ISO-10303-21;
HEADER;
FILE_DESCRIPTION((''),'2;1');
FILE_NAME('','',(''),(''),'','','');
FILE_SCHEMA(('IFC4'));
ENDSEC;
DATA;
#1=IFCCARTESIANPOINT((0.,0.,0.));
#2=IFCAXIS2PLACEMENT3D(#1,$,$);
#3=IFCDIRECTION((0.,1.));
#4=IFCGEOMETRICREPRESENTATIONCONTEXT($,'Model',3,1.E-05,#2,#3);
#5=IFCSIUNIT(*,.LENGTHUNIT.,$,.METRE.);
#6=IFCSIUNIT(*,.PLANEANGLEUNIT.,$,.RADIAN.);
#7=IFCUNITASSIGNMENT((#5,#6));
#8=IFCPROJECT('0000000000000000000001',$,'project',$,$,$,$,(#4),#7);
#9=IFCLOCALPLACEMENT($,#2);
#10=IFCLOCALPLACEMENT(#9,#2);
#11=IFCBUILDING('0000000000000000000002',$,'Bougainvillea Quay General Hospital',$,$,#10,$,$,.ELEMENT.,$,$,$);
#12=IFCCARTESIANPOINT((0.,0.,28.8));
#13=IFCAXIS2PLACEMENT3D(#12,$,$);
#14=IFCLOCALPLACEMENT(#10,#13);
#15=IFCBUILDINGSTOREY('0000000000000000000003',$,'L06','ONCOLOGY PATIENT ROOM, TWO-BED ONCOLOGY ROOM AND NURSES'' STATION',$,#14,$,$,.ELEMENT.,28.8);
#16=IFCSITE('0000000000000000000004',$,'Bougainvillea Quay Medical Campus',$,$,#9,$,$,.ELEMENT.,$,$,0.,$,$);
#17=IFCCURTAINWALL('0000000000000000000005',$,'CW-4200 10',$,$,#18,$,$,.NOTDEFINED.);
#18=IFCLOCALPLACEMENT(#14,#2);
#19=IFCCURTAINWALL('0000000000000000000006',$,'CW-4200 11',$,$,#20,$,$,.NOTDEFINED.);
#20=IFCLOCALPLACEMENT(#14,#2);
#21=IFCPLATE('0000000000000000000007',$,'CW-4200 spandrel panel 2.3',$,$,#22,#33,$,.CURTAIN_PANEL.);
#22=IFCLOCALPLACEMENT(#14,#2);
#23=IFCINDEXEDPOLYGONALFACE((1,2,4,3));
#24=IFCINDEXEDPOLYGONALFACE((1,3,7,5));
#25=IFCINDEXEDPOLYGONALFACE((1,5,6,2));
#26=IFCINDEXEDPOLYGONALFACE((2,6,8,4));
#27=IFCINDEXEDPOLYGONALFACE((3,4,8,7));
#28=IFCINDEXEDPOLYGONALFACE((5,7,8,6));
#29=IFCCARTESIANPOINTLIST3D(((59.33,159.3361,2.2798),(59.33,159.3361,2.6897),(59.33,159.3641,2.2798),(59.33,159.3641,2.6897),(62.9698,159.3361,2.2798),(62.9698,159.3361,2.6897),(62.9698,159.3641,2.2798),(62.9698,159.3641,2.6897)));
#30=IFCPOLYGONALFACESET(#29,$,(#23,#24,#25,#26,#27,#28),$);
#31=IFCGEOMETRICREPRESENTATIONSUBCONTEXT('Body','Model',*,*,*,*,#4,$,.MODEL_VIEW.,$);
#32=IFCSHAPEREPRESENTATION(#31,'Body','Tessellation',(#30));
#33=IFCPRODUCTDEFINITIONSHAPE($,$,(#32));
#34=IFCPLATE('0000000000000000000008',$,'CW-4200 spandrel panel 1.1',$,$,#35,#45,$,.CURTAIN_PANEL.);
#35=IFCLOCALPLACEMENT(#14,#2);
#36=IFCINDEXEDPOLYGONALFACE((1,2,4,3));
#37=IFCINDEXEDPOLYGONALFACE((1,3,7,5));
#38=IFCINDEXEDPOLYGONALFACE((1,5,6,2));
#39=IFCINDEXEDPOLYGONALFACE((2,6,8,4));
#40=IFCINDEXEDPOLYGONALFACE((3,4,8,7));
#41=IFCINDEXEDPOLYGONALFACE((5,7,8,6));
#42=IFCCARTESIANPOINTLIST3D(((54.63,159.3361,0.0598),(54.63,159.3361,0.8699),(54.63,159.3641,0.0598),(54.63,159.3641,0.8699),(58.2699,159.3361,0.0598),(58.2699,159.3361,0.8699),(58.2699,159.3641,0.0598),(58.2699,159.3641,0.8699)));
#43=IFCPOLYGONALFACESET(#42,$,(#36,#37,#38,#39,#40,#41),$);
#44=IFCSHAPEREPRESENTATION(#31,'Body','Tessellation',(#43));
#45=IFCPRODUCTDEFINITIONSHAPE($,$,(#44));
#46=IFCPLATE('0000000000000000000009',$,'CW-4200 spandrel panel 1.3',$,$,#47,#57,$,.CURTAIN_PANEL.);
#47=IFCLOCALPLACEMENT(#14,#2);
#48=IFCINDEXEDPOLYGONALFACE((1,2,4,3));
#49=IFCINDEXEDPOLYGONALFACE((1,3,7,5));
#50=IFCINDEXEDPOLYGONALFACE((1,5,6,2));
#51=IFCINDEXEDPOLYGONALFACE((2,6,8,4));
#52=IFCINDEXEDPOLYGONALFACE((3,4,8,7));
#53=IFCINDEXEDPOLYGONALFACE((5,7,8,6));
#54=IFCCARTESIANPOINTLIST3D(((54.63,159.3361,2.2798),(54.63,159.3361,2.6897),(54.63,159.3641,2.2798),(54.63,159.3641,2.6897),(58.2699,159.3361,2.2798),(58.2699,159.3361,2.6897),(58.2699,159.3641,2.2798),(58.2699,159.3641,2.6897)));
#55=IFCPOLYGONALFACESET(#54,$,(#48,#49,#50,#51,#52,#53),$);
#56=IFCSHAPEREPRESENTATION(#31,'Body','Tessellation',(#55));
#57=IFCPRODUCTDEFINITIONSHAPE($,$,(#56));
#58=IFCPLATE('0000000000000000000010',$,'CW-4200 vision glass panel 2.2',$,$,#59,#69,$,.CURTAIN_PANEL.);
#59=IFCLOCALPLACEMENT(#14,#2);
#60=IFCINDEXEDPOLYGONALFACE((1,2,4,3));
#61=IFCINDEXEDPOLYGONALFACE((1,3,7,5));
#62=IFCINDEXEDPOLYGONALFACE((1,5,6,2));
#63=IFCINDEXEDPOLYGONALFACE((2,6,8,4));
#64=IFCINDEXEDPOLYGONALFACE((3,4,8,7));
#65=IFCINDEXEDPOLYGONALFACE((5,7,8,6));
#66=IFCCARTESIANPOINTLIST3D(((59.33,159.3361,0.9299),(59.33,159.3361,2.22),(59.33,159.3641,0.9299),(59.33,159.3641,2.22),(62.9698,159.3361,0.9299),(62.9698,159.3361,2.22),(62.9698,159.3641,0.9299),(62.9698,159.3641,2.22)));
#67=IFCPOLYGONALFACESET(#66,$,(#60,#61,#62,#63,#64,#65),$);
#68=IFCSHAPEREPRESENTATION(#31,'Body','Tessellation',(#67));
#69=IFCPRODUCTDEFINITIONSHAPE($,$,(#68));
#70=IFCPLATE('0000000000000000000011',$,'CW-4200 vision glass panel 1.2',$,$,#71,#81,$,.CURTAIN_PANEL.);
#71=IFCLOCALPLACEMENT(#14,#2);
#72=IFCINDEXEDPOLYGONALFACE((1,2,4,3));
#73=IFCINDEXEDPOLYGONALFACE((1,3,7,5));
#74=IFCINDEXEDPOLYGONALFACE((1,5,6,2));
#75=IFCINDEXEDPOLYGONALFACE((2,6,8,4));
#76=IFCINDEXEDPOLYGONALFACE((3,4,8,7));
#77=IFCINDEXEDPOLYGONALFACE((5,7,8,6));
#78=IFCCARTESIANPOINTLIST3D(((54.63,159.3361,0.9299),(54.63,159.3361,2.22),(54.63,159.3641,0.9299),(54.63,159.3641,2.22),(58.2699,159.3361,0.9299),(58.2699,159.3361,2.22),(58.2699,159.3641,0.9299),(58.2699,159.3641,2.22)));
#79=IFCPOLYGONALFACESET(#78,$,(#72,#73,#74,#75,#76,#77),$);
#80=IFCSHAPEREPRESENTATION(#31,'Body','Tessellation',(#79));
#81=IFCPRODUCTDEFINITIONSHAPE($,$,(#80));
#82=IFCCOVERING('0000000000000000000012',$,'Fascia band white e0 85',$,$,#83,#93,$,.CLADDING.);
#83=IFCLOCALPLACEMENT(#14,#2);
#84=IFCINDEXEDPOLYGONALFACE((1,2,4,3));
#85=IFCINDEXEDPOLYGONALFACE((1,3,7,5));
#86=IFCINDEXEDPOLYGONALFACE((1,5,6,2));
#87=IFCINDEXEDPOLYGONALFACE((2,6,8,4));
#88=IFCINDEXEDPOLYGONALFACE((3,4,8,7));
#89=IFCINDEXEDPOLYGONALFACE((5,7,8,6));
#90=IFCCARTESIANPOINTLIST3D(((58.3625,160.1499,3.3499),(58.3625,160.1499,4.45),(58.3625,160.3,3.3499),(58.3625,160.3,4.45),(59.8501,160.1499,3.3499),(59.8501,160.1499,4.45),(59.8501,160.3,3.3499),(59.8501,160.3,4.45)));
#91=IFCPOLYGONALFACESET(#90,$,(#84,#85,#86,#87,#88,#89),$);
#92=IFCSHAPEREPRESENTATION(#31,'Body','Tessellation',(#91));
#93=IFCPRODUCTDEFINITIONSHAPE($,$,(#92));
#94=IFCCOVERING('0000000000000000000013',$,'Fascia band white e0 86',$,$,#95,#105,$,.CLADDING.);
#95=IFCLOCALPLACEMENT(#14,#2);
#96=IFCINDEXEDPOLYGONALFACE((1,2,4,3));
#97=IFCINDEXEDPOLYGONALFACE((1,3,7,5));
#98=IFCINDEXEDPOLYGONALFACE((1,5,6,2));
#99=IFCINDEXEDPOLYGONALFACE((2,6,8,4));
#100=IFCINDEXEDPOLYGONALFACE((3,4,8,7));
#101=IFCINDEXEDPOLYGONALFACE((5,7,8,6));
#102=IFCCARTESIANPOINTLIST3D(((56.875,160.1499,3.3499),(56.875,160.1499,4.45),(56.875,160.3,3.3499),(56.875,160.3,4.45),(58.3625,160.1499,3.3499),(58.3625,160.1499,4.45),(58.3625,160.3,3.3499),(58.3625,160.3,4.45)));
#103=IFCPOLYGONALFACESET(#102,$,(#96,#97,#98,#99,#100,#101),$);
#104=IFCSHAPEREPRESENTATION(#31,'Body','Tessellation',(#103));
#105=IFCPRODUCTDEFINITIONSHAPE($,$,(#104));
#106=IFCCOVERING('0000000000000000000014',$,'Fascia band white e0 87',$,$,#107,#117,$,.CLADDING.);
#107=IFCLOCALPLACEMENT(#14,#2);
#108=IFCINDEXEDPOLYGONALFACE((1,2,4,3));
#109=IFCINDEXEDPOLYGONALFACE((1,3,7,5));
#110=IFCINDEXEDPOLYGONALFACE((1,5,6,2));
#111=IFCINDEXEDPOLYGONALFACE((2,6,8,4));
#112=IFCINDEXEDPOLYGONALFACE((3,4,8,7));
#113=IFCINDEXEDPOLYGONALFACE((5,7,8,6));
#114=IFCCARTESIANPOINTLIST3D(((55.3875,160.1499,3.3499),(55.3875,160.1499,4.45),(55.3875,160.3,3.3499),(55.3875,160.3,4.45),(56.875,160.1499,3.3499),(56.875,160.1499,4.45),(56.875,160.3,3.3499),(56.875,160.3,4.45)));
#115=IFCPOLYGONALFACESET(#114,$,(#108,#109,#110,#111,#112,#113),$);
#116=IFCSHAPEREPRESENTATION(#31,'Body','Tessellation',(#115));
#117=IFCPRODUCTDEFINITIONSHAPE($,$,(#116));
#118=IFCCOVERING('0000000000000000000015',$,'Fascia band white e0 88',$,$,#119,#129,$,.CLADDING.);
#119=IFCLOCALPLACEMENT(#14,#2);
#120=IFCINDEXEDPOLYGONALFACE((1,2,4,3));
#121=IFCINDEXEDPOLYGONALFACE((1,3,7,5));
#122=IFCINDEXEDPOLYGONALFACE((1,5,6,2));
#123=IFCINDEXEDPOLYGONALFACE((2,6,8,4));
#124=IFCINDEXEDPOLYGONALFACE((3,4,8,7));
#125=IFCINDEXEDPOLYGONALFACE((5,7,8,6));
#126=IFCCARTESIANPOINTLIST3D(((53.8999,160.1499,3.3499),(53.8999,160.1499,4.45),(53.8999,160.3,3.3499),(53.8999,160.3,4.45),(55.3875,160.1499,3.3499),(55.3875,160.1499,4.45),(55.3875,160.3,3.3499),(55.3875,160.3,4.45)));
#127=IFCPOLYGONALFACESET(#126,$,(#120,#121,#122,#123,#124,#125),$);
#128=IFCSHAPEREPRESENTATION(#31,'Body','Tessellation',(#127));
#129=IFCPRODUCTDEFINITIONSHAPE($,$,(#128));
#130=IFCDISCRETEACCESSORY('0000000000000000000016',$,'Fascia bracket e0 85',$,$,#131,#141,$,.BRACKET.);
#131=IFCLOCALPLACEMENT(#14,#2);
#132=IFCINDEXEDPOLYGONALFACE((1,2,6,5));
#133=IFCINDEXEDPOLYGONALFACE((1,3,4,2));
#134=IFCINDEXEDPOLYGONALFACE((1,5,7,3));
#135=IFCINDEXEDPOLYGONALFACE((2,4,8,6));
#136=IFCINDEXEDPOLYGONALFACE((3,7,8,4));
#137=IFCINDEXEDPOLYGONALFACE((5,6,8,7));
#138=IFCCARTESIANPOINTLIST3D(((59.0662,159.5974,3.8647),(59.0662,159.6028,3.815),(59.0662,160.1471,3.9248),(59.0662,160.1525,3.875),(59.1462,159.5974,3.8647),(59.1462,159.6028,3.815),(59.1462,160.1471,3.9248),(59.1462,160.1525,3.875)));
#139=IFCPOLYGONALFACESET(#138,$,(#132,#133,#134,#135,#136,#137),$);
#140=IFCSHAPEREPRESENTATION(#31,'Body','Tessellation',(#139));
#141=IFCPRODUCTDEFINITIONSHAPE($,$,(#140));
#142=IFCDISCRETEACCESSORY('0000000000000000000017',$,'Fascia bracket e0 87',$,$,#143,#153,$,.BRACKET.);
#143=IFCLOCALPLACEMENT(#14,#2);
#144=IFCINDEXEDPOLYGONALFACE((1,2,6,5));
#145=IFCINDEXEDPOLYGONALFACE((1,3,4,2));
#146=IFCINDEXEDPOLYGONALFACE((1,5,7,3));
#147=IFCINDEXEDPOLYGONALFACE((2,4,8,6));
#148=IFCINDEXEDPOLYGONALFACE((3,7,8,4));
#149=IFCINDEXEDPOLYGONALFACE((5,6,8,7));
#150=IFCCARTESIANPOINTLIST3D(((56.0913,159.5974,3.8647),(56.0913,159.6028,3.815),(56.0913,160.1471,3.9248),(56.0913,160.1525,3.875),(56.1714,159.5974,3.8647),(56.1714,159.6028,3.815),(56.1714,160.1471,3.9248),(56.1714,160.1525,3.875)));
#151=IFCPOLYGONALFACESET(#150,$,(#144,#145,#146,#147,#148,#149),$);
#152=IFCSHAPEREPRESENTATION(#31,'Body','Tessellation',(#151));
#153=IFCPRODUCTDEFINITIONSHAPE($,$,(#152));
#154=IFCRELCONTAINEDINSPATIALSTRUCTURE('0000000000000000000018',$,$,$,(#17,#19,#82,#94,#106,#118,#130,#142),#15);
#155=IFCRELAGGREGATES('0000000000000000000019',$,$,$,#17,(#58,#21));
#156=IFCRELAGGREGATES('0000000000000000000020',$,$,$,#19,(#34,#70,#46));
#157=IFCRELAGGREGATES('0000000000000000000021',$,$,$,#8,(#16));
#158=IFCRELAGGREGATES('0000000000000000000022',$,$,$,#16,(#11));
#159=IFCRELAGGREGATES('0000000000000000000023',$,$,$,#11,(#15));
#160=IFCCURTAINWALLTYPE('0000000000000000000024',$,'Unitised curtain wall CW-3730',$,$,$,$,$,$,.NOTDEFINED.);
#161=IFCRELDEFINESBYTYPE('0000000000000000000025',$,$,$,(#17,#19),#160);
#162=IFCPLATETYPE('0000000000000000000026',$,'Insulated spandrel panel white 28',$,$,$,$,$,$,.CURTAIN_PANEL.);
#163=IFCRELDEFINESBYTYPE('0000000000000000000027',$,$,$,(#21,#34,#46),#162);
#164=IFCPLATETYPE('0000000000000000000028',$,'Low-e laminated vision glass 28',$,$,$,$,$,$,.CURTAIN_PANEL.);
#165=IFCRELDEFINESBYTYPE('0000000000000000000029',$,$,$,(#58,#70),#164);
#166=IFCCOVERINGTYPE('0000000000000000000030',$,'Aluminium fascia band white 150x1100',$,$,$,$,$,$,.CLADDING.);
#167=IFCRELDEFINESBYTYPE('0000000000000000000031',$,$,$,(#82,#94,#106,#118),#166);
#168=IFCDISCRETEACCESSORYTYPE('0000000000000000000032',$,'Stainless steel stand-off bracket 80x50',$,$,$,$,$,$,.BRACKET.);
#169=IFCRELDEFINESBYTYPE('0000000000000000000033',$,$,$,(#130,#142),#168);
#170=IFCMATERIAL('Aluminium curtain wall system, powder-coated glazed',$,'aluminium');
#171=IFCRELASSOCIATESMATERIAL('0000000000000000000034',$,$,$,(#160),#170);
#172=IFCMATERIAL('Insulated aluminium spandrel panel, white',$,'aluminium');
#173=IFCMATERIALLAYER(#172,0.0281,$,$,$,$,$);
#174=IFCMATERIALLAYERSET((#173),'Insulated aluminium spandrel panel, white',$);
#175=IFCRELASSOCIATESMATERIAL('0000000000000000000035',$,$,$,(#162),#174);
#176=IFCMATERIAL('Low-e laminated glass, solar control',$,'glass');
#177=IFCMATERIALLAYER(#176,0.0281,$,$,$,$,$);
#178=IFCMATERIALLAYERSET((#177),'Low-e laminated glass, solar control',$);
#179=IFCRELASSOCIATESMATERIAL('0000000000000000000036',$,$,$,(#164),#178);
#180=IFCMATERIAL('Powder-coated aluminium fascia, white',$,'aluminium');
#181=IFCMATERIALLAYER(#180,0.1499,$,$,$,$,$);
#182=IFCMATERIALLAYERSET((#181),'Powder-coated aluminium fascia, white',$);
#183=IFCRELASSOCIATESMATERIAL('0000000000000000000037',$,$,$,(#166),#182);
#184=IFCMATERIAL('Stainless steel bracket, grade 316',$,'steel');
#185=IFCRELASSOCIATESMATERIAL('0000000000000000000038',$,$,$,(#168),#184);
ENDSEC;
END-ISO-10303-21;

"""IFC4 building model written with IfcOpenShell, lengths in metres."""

from ifc_helpers import new_model, si_unit, direction, frame, origin, origin_2d, place, context, subcontext, project, spatial, polyline, rectangle, outline, extrude, material, layer, layer_set, material_profile, profile_set, type_object, element, aggregate, save


model = new_model("IFC4")

# Units and contexts
model_context = context("Model", 3, precision=1e-05, world=origin(), true_north=direction((0.0, 1.0)))
body_context = subcontext(model_context, "Body", "Model", "MODEL_VIEW")
ifc_project = project(units=[si_unit("LENGTHUNIT", "METRE"), si_unit("PLANEANGLEUNIT", "RADIAN")], contexts=[model_context])

# Site, building, storey
site_placement = place(None, origin())
site = spatial("IfcSite", under=ifc_project, at=site_placement, Name="Bougainvillea Quay Medical Campus", CompositionType="ELEMENT", RefElevation=0.0)
building_placement = place(site_placement, origin())
building = spatial("IfcBuilding", under=site, at=building_placement, Name="Bougainvillea Quay General Hospital", CompositionType="ELEMENT")
storey_placement = place(building_placement, frame((0.0, 0.0, 28.8)))
storey = spatial("IfcBuildingStorey", under=building, at=storey_placement, Name="L06", Description="ONCOLOGY PATIENT ROOM, TWO-BED ONCOLOGY ROOM AND NURSES' STATION", CompositionType="ELEMENT", Elevation=28.8)

# Curtain wall
ifc_material_1 = material(Name="Aluminium curtain wall system, powder-coated glazed", Category="aluminium")
curtain_wall_type = type_object("IfcCurtainWallType", Name="Unitised curtain wall CW-3730", PredefinedType="NOTDEFINED", material=ifc_material_1)
curtain_wall_1_placement = place(storey_placement, origin())
curtain_wall_1 = element("IfcCurtainWall", 1, at=curtain_wall_1_placement, inside=storey, type_object=curtain_wall_type, Name="CW-4200 10", PredefinedType="NOTDEFINED")

# Curtain wall
curtain_wall_2_placement = place(storey_placement, origin())
curtain_wall_2 = element("IfcCurtainWall", 2, at=curtain_wall_2_placement, inside=storey, type_object=curtain_wall_type, Name="CW-4200 11", PredefinedType="NOTDEFINED")

# Plates
ifc_material_2 = material(Name="Insulated aluminium spandrel panel, white", Category="aluminium")
ifc_layer_1 = layer(ifc_material_2, 0.0281)
ifc_layer_set_1 = layer_set([ifc_layer_1], Name="Insulated aluminium spandrel panel, white")
plate_type_1 = type_object("IfcPlateType", Name="Insulated spandrel panel white 28", PredefinedType="CURTAIN_PANEL", material=ifc_layer_set_1)
plate_1_placement = place(storey_placement, frame((61.1499, 159.3501, 2.2798), z_axis=(0.0, 0.0, 1.0), x_axis=(-1.0, 0.0, 0.0)))
plate_1 = element("IfcPlate", 3, at=plate_1_placement, type_object=plate_type_1, Name="CW-4200 spandrel panel 2.3", PredefinedType="CURTAIN_PANEL", context=body_context, shape_type="SweptSolid", body=[
    extrude(rectangle(XDim=3.6399, YDim=0.0281, at=origin_2d()), origin(), (0.0, 0.0, 1.0), 0.4099),
])
plate_2_placement = place(storey_placement, frame((56.45, 159.3501, 0.0598), z_axis=(0.0, 0.0, 1.0), x_axis=(-1.0, 0.0, 0.0)))
plate_2 = element("IfcPlate", 4, at=plate_2_placement, type_object=plate_type_1, Name="CW-4200 spandrel panel 1.1", PredefinedType="CURTAIN_PANEL", context=body_context, shape_type="SweptSolid", body=[
    extrude(rectangle(XDim=3.6399, YDim=0.0281, at=origin_2d()), origin(), (0.0, 0.0, 1.0), 0.8101),
])
plate_3_placement = place(storey_placement, frame((56.45, 159.3501, 2.2798), z_axis=(0.0, 0.0, 1.0), x_axis=(-1.0, 0.0, 0.0)))
plate_3 = element("IfcPlate", 5, at=plate_3_placement, type_object=plate_type_1, Name="CW-4200 spandrel panel 1.3", PredefinedType="CURTAIN_PANEL", context=body_context, shape_type="SweptSolid", body=[
    extrude(rectangle(XDim=3.6399, YDim=0.0281, at=origin_2d()), origin(), (0.0, 0.0, 1.0), 0.4099),
])
ifc_material_3 = material(Name="Low-e laminated glass, solar control", Category="glass")
ifc_layer_2 = layer(ifc_material_3, 0.0281)
ifc_layer_set_2 = layer_set([ifc_layer_2], Name="Low-e laminated glass, solar control")
plate_type_2 = type_object("IfcPlateType", Name="Low-e laminated vision glass 28", PredefinedType="CURTAIN_PANEL", material=ifc_layer_set_2)
plate_4_placement = place(storey_placement, frame((61.1499, 159.3501, 0.9299), z_axis=(0.0, 0.0, 1.0), x_axis=(-1.0, 0.0, 0.0)))
plate_4 = element("IfcPlate", 6, at=plate_4_placement, type_object=plate_type_2, Name="CW-4200 vision glass panel 2.2", PredefinedType="CURTAIN_PANEL", context=body_context, shape_type="SweptSolid", body=[
    extrude(rectangle(XDim=3.6399, YDim=0.0281, at=origin_2d()), origin(), (0.0, 0.0, 1.0), 1.29),
])
aggregate(curtain_wall_1, [plate_4, plate_1])
plate_5_placement = place(storey_placement, frame((56.45, 159.3501, 0.9299), z_axis=(0.0, 0.0, 1.0), x_axis=(-1.0, 0.0, 0.0)))
plate_5 = element("IfcPlate", 7, at=plate_5_placement, type_object=plate_type_2, Name="CW-4200 vision glass panel 1.2", PredefinedType="CURTAIN_PANEL", context=body_context, shape_type="SweptSolid", body=[
    extrude(rectangle(XDim=3.6399, YDim=0.0281, at=origin_2d()), origin(), (0.0, 0.0, 1.0), 1.29),
])
aggregate(curtain_wall_2, [plate_2, plate_5, plate_3])

# Coverings
ifc_material_4 = material(Name="Powder-coated aluminium fascia, white", Category="aluminium")
ifc_layer_3 = layer(ifc_material_4, 0.1499)
ifc_layer_set_3 = layer_set([ifc_layer_3], Name="Powder-coated aluminium fascia, white")
covering_type = type_object("IfcCoveringType", Name="Aluminium fascia band white 150x1100", PredefinedType="CLADDING", material=ifc_layer_set_3)
for number, where, z_axis, x_axis, name in (
    (8, (59.8501, 160.1499, 3.3499), (0.0, 0.0, 1.0), (-1.0, 0.0, 0.0), "Fascia band white e0 85"),
    (9, (58.3625, 160.1499, 3.3499), (0.0, 0.0, 1.0), (-1.0, 0.0, 0.0), "Fascia band white e0 86"),
    (10, (56.875, 160.1499, 3.3499), (0.0, 0.0, 1.0), (-1.0, 0.0, 0.0), "Fascia band white e0 87"),
    (11, (55.3875, 160.1499, 3.3499), (0.0, 0.0, 1.0), (-1.0, 0.0, 0.0), "Fascia band white e0 88"),
):
    element("IfcCovering", number, at=place(storey_placement, frame(where, z_axis=z_axis, x_axis=x_axis)), inside=storey, type_object=covering_type, Name=name, PredefinedType="CLADDING", context=body_context, shape_type="SweptSolid", body=[
        extrude(outline(polyline([(0.0, 0.0), (1.4875, 0.0), (1.4875, -0.1501), (0.0, -0.1501), (0.0, 0.0)])), origin(), (0.0, 0.0, 1.0), 1.1001),
    ])

# Discrete accessories
ifc_material_5 = material(Name="Stainless steel bracket, grade 316", Category="steel")
ifc_material_profile_1 = material_profile(ifc_material_5, rectangle(XDim=0.0801, YDim=0.05, at=origin_2d()))
ifc_profile_set_1 = profile_set([ifc_material_profile_1], Name="Stainless steel bracket, grade 316")
discrete_accessory_type = type_object("IfcDiscreteAccessoryType", Name="Stainless steel stand-off bracket 80x50", PredefinedType="BRACKET", material=ifc_profile_set_1)
for number, where, z_axis, x_axis, name in (
    (12, (59.1062, 159.6001, 3.8398), (0.0, 0.994087, 0.10859), (-1.0, 0.0, 0.0), "Fascia bracket e0 85"),
    (13, (56.1313, 159.6001, 3.8398), (0.0, 0.994087, 0.10859), (-1.0, 0.0, 0.0), "Fascia bracket e0 87"),
):
    element("IfcDiscreteAccessory", number, at=place(storey_placement, frame(where, z_axis=z_axis, x_axis=x_axis)), inside=storey, type_object=discrete_accessory_type, Name=name, PredefinedType="BRACKET", context=body_context, shape_type="SweptSolid", body=[
        extrude(rectangle(XDim=0.0801, YDim=0.05, at=origin_2d()), origin(), (0.0, 0.0, 1.0), 0.553),
    ])

save(model, "model.ifc")
